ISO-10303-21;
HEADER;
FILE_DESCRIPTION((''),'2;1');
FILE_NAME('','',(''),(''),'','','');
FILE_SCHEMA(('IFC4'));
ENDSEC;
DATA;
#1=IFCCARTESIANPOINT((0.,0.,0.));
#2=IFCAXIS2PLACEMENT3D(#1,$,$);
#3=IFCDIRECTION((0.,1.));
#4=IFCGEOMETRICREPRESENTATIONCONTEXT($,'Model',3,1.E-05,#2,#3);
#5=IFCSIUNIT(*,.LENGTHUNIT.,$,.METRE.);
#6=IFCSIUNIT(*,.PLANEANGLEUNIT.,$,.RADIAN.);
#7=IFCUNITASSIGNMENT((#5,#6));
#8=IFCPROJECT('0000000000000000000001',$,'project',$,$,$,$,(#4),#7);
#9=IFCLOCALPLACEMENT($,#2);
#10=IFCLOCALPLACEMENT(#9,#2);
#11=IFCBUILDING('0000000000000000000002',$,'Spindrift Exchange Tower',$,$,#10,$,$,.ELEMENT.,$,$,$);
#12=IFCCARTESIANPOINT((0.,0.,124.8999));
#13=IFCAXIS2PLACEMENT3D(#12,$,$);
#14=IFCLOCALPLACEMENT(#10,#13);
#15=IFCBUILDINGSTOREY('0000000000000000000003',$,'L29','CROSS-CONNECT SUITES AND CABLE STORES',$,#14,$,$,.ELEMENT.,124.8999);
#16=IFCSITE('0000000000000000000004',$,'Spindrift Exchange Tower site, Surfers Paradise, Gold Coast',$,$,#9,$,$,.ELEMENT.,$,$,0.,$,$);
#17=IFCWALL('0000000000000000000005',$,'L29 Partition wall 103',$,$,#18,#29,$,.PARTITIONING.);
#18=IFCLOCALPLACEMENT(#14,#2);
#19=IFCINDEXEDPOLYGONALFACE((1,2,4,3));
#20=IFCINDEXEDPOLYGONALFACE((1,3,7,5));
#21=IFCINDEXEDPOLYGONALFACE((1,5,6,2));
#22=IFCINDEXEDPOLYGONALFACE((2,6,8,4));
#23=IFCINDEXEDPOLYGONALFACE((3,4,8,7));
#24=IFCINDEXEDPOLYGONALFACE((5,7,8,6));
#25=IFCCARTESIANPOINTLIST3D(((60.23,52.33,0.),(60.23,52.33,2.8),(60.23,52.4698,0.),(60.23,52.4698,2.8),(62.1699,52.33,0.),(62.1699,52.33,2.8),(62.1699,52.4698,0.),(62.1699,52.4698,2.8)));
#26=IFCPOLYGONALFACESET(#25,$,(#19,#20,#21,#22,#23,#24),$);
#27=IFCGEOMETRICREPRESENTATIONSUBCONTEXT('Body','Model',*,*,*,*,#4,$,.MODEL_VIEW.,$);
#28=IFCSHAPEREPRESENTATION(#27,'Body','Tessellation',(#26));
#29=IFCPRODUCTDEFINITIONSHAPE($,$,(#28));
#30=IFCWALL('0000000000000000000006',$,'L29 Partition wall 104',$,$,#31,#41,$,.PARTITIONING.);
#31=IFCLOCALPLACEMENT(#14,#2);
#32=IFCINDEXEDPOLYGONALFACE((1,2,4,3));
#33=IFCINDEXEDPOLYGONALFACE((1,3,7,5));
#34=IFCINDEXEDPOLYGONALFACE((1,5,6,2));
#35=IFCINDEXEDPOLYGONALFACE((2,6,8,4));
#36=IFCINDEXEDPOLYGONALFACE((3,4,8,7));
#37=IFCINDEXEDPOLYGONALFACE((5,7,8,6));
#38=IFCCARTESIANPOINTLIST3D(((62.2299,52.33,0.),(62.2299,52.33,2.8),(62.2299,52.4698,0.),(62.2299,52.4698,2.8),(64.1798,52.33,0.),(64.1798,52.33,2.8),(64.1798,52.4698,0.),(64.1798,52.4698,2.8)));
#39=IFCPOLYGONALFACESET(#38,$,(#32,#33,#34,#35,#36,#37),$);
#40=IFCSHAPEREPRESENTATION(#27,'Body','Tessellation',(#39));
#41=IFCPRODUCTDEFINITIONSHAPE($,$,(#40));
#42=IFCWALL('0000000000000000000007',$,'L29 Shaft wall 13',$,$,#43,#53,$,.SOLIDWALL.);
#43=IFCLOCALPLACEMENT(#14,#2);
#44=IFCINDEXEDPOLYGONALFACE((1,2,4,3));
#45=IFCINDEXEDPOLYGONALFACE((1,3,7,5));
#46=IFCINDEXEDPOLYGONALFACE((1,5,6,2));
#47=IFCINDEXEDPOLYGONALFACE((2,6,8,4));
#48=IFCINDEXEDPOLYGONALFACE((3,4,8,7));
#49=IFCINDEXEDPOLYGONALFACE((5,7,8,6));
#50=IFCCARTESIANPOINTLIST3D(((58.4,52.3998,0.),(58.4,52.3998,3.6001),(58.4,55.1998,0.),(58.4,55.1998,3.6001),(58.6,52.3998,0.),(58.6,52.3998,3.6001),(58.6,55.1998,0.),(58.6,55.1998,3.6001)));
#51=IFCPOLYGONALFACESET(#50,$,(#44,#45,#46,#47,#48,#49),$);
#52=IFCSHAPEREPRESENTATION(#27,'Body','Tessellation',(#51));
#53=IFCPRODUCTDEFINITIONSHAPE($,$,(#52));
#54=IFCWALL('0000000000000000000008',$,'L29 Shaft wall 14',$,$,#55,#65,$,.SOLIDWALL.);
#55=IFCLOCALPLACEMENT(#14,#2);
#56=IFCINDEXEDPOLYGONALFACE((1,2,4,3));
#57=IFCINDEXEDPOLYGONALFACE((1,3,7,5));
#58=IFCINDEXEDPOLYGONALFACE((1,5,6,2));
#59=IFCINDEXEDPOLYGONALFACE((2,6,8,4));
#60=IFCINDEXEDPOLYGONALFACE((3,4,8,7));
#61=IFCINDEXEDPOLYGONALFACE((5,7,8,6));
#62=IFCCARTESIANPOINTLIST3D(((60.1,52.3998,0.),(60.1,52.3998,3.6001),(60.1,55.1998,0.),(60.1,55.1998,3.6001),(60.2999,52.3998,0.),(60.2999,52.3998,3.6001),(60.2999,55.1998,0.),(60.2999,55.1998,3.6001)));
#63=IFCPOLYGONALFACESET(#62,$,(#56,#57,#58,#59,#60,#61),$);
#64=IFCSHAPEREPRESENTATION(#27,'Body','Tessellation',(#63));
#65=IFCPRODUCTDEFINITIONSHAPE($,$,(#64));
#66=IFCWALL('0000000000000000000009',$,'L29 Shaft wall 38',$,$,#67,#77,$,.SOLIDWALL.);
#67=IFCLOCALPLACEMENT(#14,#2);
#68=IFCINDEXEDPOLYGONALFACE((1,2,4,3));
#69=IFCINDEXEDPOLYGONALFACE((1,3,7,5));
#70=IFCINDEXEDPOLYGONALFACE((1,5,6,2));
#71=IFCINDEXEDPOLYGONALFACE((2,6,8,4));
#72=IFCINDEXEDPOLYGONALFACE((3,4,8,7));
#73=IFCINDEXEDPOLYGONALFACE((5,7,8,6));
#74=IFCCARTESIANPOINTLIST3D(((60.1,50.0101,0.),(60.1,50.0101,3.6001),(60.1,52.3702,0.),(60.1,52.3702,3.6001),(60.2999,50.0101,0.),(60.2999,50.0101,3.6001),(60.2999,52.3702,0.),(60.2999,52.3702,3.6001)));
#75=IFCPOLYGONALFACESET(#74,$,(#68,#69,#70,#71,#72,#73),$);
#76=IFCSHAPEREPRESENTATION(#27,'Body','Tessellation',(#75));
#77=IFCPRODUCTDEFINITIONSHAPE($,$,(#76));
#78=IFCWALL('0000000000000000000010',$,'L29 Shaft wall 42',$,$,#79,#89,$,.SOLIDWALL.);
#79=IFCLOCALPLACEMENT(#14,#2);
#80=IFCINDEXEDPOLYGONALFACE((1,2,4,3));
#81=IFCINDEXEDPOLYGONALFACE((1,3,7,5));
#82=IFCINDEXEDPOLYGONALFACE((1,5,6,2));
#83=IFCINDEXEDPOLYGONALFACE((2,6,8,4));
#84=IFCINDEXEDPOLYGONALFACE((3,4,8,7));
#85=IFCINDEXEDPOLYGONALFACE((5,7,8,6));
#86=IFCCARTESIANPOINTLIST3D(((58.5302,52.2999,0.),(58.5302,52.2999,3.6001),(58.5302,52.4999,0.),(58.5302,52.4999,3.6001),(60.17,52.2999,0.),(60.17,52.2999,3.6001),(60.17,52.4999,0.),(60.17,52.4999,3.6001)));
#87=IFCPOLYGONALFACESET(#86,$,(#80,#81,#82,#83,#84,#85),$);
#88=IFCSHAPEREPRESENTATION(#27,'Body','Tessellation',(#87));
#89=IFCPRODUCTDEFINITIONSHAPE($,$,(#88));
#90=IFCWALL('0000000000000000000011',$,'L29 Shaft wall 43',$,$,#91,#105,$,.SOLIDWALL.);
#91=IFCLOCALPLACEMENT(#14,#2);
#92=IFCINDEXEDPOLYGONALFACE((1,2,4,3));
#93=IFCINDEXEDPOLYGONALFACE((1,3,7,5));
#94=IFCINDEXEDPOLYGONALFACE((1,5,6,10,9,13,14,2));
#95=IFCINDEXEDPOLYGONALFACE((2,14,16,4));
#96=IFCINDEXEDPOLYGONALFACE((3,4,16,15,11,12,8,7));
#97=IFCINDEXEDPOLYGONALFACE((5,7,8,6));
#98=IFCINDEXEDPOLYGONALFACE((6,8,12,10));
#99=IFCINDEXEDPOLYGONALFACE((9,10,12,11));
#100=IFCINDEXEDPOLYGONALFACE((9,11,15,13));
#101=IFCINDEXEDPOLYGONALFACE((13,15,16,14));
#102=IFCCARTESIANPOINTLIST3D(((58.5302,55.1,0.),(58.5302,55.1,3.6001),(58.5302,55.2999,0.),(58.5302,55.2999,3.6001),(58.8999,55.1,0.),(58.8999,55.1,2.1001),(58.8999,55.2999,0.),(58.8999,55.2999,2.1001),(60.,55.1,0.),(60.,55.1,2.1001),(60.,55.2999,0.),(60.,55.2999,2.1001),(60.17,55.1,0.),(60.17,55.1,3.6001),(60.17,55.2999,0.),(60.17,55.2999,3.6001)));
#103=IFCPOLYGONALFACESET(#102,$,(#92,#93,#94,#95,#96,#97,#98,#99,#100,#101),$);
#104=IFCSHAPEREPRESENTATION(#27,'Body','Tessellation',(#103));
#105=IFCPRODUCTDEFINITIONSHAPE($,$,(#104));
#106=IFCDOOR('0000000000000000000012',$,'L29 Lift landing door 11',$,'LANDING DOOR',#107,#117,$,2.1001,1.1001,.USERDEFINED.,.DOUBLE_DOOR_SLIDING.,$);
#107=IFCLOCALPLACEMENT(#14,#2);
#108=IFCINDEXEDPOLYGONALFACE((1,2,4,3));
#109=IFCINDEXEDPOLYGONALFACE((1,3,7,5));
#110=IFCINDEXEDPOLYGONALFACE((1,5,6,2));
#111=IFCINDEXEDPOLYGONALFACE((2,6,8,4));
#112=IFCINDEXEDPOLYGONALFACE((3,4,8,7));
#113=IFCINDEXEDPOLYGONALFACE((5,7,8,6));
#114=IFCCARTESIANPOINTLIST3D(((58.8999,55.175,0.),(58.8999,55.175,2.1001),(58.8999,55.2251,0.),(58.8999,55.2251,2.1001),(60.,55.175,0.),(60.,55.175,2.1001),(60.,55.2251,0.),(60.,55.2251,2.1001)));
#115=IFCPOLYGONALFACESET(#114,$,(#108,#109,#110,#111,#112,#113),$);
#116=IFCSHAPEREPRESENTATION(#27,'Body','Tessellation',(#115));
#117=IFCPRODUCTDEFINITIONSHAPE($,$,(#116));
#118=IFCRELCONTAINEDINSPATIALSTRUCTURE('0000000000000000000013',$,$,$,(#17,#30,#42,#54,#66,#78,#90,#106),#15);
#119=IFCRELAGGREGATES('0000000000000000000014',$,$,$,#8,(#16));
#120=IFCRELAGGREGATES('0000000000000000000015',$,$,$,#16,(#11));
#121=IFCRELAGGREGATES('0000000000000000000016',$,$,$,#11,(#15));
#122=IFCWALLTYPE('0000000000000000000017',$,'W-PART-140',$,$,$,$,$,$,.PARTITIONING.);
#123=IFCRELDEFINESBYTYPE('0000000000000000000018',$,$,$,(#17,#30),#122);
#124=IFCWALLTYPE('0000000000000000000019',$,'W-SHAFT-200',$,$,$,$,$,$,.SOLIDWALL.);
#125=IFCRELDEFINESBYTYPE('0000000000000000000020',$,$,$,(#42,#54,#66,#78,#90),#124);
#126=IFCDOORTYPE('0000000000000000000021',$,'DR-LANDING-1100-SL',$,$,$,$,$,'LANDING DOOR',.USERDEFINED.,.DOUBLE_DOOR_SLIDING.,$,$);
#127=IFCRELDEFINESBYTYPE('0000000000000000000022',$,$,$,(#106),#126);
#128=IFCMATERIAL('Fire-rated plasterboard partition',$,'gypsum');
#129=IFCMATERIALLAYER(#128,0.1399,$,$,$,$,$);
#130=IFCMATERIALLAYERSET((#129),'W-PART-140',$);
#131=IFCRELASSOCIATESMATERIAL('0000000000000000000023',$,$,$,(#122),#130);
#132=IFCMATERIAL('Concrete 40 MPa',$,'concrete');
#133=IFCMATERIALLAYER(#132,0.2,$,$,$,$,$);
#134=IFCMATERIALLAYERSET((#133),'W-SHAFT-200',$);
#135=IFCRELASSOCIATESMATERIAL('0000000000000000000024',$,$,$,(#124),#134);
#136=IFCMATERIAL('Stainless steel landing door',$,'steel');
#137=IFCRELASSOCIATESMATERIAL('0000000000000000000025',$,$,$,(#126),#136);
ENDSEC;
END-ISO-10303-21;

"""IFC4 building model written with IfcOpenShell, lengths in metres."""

from ifc_helpers import new_model, si_unit, direction, frame, frame_2d, origin, place, context, subcontext, project, spatial, rectangle, extrude, source, transform, mapped, material, layer, layer_set, type_object, element, fill, save


model = new_model("IFC4")

# Units and contexts
model_context = context("Model", 3, precision=1e-05, world=origin(), true_north=direction((0.0, 1.0)))
body_context = subcontext(model_context, "Body", "Model", "MODEL_VIEW")
ifc_project = project(units=[si_unit("LENGTHUNIT", "METRE"), si_unit("PLANEANGLEUNIT", "RADIAN")], contexts=[model_context])

# Site, building, storey
site_placement = place(None, origin())
site = spatial("IfcSite", under=ifc_project, at=site_placement, Name="Spindrift Exchange Tower site, Surfers Paradise, Gold Coast", CompositionType="ELEMENT", RefElevation=0.0)
building_placement = place(site_placement, origin())
building = spatial("IfcBuilding", under=site, at=building_placement, Name="Spindrift Exchange Tower", CompositionType="ELEMENT")
storey_placement = place(building_placement, frame((0.0, 0.0, 124.8999)))
storey = spatial("IfcBuildingStorey", under=building, at=storey_placement, Name="L29", Description="CROSS-CONNECT SUITES AND CABLE STORES", CompositionType="ELEMENT", Elevation=124.8999)

# Shared definitions
ifc_material_1 = material(Name="Fire-rated plasterboard partition", Category="gypsum")

# Walls
ifc_layer_1 = layer(ifc_material_1, 0.1399)
ifc_layer_set_1 = layer_set([ifc_layer_1], Name="W-PART-140")
wall_type_1 = type_object("IfcWallType", Name="W-PART-140", PredefinedType="PARTITIONING", material=ifc_layer_set_1)
wall_1_placement = place(storey_placement, frame((62.1699, 52.3999, 0.0), z_axis=(0.0, 0.0, 1.0), x_axis=(-1.0, 0.0, 0.0)))
element("IfcWall", 1, at=wall_1_placement, inside=storey, type_object=wall_type_1, Name="L29 Partition wall 103", PredefinedType="PARTITIONING", context=body_context, shape_type="SweptSolid", body=[
    extrude(rectangle(XDim=1.9399, YDim=0.1399, at=frame_2d((0.97, 0.0))), origin(), (0.0, 0.0, 1.0), 2.8),
])
wall_2_placement = place(storey_placement, frame((64.1799, 52.3999, 0.0), z_axis=(0.0, 0.0, 1.0), x_axis=(-1.0, 0.0, 0.0)))
element("IfcWall", 2, at=wall_2_placement, inside=storey, type_object=wall_type_1, Name="L29 Partition wall 104", PredefinedType="PARTITIONING", context=body_context, shape_type="SweptSolid", body=[
    extrude(rectangle(XDim=1.95, YDim=0.1399, at=frame_2d((0.9751, 0.0))), origin(), (0.0, 0.0, 1.0), 2.8),
])
ifc_material_2 = material(Name="Concrete 40 MPa", Category="concrete")
ifc_layer_2 = layer(ifc_material_2, 0.2)
ifc_layer_set_2 = layer_set([ifc_layer_2], Name="W-SHAFT-200")
wall_type_2 = type_object("IfcWallType", Name="W-SHAFT-200", PredefinedType="SOLIDWALL", material=ifc_layer_set_2)
for number, where, z_axis, x_axis, name in (
    (3, (58.5, 52.3999, 0.0), (0.0, 0.0, 1.0), (0.0, 1.0, 0.0), "L29 Shaft wall 13"),
    (4, (60.2, 52.3999, 0.0), (0.0, 0.0, 1.0), (0.0, 1.0, 0.0), "L29 Shaft wall 14"),
):
    element("IfcWall", number, at=place(storey_placement, frame(where, z_axis=z_axis, x_axis=x_axis)), inside=storey, type_object=wall_type_2, Name=name, PredefinedType="SOLIDWALL", context=body_context, shape_type="SweptSolid", body=[
        extrude(rectangle(XDim=2.8, YDim=0.2, at=frame_2d((1.3999, 0.0))), origin(), (0.0, 0.0, 1.0), 3.6001),
    ])
wall_3_placement = place(storey_placement, frame((60.2, 50.01, 0.0), z_axis=(0.0, 0.0, 1.0), x_axis=(0.0, 1.0, 0.0)))
element("IfcWall", 5, at=wall_3_placement, inside=storey, type_object=wall_type_2, Name="L29 Shaft wall 38", PredefinedType="SOLIDWALL", context=body_context, shape_type="SweptSolid", body=[
    extrude(rectangle(XDim=2.3601, YDim=0.2, at=frame_2d((1.1802, 0.0))), origin(), (0.0, 0.0, 1.0), 3.6001),
])
wall_4_placement = place(storey_placement, frame((60.1699, 52.3999, 0.0), z_axis=(0.0, 0.0, 1.0), x_axis=(-1.0, 0.0, 0.0)))
element("IfcWall", 6, at=wall_4_placement, inside=storey, type_object=wall_type_2, Name="L29 Shaft wall 42", PredefinedType="SOLIDWALL", context=body_context, shape_type="SweptSolid", body=[
    extrude(rectangle(XDim=1.6399, YDim=0.2, at=frame_2d((0.8198, 0.0))), origin(), (0.0, 0.0, 1.0), 3.6001),
])

# Wall, opening, door
wall_5_placement = place(storey_placement, frame((60.1699, 55.2, 0.0), z_axis=(0.0, 0.0, 1.0), x_axis=(-1.0, 0.0, 0.0)))
wall_5 = element("IfcWall", 7, at=wall_5_placement, inside=storey, type_object=wall_type_2, Name="L29 Shaft wall 43", PredefinedType="SOLIDWALL", context=body_context, shape_type="SweptSolid", body=[
    extrude(rectangle(XDim=1.6399, YDim=0.2, at=frame_2d((0.8198, 0.0))), origin(), (0.0, 0.0, 1.0), 3.6001),
])
opening_1_placement = place(wall_5_placement, frame((0.1699, 0.0, 0.0)))
opening_1 = element("IfcOpeningElement", 8, at=opening_1_placement, cuts=wall_5, PredefinedType="OPENING", context=body_context, shape_type="SweptSolid", body=[
    extrude(rectangle(XDim=1.1001, YDim=2.1001, at=frame_2d((0.55, 1.05))), frame((0.0, 0.1099, 0.0), z_axis=(0.0, -1.0, 0.0), x_axis=(1.0, 0.0, 0.0)), (0.0, 0.0, 1.0), 0.22),
])
ifc_material_3 = material(Name="Stainless steel landing door", Category="steel")
door_type_1 = type_object("IfcDoorType", Name="DR-LANDING-1100-SL", ElementType="LANDING DOOR", OperationType="DOUBLE_DOOR_SLIDING", PredefinedType="USERDEFINED", material=ifc_material_3)
shared_shape_1 = source(origin(), body_context, "Body", "SweptSolid", [
    extrude(rectangle(XDim=1.1001, YDim=2.1001, at=frame_2d((0.55, 1.05))), frame((0.0, 0.0249, 0.0), z_axis=(0.0, -1.0, 0.0), x_axis=(1.0, 0.0, 0.0)), (0.0, 0.0, 1.0), 0.05),
])
door_1_placement = place(opening_1_placement, origin())
door_1 = element("IfcDoor", 9, at=door_1_placement, inside=storey, type_object=door_type_1, Name="L29 Lift landing door 11", ObjectType="LANDING DOOR", OperationType="DOUBLE_DOOR_SLIDING", OverallHeight=2.1001, OverallWidth=1.1001, PredefinedType="USERDEFINED", context=body_context, shape_type="MappedRepresentation", body=[
    mapped(shared_shape_1, transform((0.0, 0.0, 0.0), scale=1.0)),
])
fill(opening_1, door_1)

save(model, "model.ifc")
